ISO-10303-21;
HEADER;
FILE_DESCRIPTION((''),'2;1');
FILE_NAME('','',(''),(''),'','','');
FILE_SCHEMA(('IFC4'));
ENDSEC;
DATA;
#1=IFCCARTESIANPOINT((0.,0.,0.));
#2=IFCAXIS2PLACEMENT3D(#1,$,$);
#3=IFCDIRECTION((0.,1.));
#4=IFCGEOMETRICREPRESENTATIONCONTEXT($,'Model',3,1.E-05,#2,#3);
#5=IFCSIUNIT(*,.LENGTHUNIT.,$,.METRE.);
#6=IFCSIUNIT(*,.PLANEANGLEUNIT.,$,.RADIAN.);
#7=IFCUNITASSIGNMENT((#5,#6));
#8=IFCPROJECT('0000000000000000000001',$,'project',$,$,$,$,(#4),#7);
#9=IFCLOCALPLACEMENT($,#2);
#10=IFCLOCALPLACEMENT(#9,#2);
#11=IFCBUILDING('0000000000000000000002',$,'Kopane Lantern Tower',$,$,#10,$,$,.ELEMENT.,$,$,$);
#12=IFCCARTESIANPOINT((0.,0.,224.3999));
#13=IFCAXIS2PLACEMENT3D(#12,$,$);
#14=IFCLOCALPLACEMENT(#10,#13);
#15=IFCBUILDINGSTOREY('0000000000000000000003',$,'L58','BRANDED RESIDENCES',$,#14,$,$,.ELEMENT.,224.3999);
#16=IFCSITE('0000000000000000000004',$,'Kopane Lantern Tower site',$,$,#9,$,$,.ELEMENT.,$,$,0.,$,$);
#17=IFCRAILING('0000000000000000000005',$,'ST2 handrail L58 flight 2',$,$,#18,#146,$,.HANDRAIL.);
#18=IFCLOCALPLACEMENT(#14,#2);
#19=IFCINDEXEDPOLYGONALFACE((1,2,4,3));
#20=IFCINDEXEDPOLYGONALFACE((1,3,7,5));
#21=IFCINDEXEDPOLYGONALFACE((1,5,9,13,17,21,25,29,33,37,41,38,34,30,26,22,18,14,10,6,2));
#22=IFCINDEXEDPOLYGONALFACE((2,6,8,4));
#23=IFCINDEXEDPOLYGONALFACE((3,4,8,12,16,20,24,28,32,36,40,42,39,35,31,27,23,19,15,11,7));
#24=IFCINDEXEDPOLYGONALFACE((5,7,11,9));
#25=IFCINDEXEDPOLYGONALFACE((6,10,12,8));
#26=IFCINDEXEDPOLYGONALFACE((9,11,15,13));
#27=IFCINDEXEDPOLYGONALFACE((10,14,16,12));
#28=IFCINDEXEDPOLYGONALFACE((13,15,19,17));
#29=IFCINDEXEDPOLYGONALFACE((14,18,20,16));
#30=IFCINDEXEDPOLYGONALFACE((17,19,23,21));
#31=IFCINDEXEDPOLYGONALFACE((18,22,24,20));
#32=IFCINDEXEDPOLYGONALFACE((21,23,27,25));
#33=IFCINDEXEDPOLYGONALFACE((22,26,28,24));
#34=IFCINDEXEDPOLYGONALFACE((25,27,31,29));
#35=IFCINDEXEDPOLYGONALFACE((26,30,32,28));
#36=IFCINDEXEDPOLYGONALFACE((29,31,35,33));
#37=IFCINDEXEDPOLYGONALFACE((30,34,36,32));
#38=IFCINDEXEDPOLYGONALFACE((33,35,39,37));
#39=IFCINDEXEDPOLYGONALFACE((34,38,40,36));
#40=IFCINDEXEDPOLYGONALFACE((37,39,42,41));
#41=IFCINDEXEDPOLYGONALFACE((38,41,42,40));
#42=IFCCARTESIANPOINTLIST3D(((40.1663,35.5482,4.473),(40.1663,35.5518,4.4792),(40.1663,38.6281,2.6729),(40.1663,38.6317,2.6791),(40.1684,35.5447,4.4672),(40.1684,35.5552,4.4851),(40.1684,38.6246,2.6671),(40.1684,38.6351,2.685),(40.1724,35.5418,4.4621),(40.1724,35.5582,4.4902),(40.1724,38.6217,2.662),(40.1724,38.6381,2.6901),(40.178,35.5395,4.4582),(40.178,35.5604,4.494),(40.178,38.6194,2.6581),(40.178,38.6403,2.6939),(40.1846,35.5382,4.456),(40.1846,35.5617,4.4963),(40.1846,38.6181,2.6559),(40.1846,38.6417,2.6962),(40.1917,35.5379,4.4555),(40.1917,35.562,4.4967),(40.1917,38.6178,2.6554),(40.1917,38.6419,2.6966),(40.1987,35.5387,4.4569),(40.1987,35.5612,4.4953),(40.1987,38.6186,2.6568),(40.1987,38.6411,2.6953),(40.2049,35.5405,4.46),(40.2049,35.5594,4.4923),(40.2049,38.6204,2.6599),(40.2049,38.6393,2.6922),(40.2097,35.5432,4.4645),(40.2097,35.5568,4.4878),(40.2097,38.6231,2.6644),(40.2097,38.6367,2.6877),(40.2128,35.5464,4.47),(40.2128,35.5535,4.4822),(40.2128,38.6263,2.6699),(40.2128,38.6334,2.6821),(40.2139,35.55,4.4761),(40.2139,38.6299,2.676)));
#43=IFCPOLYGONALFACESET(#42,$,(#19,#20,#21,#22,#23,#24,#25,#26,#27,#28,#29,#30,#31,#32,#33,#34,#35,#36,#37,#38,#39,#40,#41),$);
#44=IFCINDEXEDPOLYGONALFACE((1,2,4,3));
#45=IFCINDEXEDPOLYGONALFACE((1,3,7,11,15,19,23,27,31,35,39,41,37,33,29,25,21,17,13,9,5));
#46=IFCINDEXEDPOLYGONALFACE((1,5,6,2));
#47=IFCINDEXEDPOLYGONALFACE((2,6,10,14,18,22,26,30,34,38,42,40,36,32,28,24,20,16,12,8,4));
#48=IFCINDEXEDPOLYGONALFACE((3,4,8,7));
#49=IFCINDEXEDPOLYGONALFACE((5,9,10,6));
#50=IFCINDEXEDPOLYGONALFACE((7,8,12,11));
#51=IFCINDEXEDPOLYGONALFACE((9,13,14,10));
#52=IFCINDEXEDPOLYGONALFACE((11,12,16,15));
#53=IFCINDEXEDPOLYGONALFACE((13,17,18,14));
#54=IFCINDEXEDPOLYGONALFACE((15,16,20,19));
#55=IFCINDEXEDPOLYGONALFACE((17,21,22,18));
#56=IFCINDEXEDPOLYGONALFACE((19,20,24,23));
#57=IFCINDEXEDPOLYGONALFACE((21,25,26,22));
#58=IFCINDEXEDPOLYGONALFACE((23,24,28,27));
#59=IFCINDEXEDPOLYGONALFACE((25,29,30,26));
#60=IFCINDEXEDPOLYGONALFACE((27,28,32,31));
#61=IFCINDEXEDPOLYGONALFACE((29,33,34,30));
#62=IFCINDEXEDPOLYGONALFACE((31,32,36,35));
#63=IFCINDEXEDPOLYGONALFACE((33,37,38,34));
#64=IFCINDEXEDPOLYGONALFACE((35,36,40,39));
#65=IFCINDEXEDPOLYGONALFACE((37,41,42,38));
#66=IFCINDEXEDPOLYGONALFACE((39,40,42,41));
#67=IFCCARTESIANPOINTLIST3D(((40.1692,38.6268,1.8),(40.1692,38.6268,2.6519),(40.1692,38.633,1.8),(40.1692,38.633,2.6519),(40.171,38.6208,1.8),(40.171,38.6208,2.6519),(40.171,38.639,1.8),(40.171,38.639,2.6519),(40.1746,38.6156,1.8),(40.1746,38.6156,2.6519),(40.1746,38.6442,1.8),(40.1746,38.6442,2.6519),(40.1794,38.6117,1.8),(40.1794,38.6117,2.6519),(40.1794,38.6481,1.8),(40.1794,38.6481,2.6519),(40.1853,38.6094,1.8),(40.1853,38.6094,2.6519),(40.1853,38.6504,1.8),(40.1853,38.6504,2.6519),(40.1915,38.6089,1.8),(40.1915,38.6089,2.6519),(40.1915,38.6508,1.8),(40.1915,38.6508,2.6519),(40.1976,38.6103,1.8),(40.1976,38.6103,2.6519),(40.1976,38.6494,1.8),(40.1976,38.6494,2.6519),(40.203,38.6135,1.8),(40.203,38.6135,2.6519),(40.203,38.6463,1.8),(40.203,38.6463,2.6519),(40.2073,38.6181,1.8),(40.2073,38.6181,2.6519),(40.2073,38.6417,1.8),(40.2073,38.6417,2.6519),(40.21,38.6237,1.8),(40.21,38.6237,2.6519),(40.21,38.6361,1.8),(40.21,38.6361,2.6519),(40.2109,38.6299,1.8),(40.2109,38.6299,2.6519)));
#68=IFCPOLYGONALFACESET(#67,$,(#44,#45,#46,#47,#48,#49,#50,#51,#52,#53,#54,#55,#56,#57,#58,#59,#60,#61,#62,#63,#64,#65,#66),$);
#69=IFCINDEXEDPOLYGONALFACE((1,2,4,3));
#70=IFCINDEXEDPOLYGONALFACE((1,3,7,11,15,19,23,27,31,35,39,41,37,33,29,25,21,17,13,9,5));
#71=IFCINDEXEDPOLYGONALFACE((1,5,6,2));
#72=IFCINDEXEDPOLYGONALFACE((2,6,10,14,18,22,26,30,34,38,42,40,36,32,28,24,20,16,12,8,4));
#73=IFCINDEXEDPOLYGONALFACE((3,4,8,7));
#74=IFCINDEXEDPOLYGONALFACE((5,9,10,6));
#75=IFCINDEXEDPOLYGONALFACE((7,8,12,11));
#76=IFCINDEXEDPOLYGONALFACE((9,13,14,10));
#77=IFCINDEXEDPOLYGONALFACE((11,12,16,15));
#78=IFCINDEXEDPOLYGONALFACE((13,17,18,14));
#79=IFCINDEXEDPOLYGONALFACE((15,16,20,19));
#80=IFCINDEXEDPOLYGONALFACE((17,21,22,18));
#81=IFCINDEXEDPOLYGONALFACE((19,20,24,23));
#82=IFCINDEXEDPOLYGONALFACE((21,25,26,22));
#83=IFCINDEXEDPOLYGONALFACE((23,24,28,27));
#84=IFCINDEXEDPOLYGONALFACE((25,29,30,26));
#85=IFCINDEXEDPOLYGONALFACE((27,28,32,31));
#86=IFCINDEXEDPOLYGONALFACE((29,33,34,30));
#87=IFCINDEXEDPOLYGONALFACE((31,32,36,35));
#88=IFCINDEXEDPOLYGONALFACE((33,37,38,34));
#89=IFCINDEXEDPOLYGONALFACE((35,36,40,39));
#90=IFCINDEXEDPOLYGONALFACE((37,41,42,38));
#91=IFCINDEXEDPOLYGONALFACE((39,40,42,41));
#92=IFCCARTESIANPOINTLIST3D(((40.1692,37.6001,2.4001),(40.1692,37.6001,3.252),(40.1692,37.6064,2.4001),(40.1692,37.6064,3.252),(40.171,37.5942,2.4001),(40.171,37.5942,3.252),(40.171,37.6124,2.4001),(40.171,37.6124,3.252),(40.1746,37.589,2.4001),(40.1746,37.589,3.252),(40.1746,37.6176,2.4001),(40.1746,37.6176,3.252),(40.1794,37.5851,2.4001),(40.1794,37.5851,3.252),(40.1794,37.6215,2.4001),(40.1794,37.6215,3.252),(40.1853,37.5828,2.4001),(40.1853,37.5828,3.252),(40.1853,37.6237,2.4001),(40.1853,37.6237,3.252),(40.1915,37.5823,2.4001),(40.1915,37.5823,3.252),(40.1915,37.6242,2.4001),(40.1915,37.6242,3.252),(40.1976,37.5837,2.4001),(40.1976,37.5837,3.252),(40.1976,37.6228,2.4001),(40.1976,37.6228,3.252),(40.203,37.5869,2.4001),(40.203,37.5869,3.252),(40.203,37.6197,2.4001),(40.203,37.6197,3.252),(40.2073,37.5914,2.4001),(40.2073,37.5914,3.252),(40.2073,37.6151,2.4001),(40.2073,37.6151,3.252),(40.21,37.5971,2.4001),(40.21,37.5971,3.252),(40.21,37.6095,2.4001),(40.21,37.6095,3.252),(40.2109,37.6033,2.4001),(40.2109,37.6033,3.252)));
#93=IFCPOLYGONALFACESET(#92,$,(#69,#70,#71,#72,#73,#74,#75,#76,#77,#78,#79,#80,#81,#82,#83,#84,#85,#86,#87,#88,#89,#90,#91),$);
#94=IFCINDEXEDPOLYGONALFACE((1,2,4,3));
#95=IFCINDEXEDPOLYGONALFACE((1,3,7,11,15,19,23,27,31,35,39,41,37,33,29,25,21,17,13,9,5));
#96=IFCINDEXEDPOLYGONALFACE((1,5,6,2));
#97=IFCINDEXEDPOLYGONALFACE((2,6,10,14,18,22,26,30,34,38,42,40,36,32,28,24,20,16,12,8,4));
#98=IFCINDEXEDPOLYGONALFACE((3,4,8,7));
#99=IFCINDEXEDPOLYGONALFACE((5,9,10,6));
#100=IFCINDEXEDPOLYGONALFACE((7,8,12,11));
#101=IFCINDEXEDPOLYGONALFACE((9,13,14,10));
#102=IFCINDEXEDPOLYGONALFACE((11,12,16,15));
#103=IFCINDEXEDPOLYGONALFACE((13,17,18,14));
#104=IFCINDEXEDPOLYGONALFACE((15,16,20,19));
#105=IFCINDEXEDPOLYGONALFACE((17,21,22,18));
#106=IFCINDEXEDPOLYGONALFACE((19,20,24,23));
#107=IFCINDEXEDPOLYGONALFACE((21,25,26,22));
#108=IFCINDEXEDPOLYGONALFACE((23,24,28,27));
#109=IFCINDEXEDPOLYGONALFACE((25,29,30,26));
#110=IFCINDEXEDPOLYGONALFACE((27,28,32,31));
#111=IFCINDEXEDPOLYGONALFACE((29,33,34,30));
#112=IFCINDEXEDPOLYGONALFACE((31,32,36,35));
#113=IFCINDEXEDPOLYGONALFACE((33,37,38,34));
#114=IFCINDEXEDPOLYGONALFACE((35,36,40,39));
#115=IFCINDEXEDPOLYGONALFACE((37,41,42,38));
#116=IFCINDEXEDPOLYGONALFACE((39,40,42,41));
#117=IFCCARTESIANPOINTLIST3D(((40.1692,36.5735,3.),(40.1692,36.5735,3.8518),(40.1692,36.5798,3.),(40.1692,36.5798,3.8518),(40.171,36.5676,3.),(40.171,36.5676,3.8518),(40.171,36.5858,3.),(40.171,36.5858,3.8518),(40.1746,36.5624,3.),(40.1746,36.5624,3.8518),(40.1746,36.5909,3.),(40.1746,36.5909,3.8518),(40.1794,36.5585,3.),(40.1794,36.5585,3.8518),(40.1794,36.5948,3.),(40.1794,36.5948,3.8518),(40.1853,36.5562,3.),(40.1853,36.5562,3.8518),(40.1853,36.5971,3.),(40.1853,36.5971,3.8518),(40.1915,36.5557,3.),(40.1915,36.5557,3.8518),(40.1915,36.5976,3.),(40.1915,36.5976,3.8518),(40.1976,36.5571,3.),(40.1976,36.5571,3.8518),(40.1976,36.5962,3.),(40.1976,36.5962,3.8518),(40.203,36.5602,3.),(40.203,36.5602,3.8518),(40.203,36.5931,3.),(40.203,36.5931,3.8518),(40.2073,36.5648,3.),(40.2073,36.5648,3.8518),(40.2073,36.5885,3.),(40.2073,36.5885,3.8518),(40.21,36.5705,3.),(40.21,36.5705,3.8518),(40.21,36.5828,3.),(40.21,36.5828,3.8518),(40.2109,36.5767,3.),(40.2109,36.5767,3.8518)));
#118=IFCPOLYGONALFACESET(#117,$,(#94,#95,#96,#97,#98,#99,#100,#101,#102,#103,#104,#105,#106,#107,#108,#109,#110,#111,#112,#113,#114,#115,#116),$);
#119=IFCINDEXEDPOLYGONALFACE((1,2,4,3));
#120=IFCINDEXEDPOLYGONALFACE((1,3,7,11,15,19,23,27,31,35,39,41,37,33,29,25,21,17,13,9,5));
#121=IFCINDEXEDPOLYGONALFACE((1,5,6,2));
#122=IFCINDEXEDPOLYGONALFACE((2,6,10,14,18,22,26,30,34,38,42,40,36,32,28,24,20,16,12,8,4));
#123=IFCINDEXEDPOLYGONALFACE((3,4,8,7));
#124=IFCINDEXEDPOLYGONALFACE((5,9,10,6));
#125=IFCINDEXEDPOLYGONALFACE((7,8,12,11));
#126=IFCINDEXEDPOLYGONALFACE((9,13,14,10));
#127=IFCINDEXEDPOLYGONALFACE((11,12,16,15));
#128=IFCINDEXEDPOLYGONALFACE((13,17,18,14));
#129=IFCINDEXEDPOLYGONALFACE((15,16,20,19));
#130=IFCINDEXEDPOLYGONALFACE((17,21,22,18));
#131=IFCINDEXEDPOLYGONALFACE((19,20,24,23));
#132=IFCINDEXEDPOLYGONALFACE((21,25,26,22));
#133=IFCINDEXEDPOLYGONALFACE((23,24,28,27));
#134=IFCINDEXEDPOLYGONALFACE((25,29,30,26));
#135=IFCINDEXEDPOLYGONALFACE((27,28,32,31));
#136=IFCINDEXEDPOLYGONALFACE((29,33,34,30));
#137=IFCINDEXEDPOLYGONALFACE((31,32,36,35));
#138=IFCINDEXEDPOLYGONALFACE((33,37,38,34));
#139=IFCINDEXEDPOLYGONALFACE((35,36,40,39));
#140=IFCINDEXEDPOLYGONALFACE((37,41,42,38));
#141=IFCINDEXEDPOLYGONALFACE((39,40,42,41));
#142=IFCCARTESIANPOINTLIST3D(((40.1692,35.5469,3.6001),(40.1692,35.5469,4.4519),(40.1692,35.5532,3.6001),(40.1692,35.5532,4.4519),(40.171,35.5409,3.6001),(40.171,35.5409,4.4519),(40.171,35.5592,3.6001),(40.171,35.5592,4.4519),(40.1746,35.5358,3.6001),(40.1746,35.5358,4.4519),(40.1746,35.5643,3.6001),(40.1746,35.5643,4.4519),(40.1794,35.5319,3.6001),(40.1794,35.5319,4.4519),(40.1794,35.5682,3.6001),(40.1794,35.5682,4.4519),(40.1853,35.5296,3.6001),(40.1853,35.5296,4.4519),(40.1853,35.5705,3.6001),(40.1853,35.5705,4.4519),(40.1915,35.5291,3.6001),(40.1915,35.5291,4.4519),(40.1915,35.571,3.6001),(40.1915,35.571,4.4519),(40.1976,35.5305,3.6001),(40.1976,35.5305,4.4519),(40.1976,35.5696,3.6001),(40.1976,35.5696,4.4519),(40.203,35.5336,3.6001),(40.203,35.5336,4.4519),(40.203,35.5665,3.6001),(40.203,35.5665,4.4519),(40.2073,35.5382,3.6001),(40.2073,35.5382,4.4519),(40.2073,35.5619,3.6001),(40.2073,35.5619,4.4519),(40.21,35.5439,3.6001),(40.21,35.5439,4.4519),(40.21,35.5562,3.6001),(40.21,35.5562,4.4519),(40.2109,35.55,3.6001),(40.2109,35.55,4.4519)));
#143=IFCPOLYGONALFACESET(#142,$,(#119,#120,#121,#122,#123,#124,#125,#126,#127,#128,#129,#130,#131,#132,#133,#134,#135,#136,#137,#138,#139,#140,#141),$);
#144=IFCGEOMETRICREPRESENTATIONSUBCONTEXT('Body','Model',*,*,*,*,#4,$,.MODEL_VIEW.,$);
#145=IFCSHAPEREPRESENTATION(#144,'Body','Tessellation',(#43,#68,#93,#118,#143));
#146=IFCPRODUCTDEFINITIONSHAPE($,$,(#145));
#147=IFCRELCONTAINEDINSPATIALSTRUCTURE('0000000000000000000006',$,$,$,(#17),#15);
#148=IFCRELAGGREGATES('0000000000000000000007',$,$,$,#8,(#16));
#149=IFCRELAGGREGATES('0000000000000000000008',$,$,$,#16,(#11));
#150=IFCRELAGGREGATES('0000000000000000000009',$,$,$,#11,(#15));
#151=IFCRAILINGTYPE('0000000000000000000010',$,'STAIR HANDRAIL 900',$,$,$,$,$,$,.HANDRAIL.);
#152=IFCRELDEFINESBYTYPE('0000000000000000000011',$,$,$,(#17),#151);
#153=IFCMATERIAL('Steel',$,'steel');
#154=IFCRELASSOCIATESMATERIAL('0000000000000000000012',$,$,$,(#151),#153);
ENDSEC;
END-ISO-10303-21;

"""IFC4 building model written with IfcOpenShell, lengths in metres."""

from ifc_helpers import new_model, si_unit, direction, frame, origin, origin_2d, place, context, subcontext, project, spatial, circle, extrude, material, type_object, element, save


model = new_model("IFC4")

# Units and contexts
model_context = context("Model", 3, precision=1e-05, world=origin(), true_north=direction((0.0, 1.0)))
body_context = subcontext(model_context, "Body", "Model", "MODEL_VIEW")
ifc_project = project(units=[si_unit("LENGTHUNIT", "METRE"), si_unit("PLANEANGLEUNIT", "RADIAN")], contexts=[model_context])

# Site, building, storey
site_placement = place(None, origin())
site = spatial("IfcSite", under=ifc_project, at=site_placement, Name="Kopane Lantern Tower site", CompositionType="ELEMENT", RefElevation=0.0)
building_placement = place(site_placement, origin())
building = spatial("IfcBuilding", under=site, at=building_placement, Name="Kopane Lantern Tower", CompositionType="ELEMENT")
storey_placement = place(building_placement, frame((0.0, 0.0, 224.3999)))
storey = spatial("IfcBuildingStorey", under=building, at=storey_placement, Name="L58", Description="BRANDED RESIDENCES", CompositionType="ELEMENT", Elevation=224.3999)

# Railing
ifc_material_1 = material(Name="Steel", Category="steel")
railing_type_1 = type_object("IfcRailingType", Name="STAIR HANDRAIL 900", PredefinedType="HANDRAIL", material=ifc_material_1)
for number, where, name in (
    (1, (40.1899, 38.6299, 1.8), "ST2 handrail L58 flight 2"),
):
    element("IfcRailing", number, at=place(storey_placement, frame(where)), inside=storey, type_object=railing_type_1, Name=name, PredefinedType="HANDRAIL", context=body_context, shape_type="SweptSolid", body=[
        extrude(circle(Radius=0.0239, at=origin_2d()), frame((0.0, 0.0, 0.876), z_axis=(0.0, -0.863354, 0.504598), x_axis=(1.0, 0.0, 0.0)), (0.0, 0.0, 1.0), 3.5674),
        extrude(circle(Radius=0.021, at=origin_2d()), origin(), (0.0, 0.0, 1.0), 0.8518),
        extrude(circle(Radius=0.021, at=origin_2d()), frame((0.0, -1.0266, 0.6001)), (0.0, 0.0, 1.0), 0.8518),
        extrude(circle(Radius=0.021, at=origin_2d()), frame((0.0, -2.0532, 1.2)), (0.0, 0.0, 1.0), 0.8518),
        extrude(circle(Radius=0.021, at=origin_2d()), frame((0.0, -3.0798, 1.8)), (0.0, 0.0, 1.0), 0.8518),
    ])

save(model, "model.ifc")
